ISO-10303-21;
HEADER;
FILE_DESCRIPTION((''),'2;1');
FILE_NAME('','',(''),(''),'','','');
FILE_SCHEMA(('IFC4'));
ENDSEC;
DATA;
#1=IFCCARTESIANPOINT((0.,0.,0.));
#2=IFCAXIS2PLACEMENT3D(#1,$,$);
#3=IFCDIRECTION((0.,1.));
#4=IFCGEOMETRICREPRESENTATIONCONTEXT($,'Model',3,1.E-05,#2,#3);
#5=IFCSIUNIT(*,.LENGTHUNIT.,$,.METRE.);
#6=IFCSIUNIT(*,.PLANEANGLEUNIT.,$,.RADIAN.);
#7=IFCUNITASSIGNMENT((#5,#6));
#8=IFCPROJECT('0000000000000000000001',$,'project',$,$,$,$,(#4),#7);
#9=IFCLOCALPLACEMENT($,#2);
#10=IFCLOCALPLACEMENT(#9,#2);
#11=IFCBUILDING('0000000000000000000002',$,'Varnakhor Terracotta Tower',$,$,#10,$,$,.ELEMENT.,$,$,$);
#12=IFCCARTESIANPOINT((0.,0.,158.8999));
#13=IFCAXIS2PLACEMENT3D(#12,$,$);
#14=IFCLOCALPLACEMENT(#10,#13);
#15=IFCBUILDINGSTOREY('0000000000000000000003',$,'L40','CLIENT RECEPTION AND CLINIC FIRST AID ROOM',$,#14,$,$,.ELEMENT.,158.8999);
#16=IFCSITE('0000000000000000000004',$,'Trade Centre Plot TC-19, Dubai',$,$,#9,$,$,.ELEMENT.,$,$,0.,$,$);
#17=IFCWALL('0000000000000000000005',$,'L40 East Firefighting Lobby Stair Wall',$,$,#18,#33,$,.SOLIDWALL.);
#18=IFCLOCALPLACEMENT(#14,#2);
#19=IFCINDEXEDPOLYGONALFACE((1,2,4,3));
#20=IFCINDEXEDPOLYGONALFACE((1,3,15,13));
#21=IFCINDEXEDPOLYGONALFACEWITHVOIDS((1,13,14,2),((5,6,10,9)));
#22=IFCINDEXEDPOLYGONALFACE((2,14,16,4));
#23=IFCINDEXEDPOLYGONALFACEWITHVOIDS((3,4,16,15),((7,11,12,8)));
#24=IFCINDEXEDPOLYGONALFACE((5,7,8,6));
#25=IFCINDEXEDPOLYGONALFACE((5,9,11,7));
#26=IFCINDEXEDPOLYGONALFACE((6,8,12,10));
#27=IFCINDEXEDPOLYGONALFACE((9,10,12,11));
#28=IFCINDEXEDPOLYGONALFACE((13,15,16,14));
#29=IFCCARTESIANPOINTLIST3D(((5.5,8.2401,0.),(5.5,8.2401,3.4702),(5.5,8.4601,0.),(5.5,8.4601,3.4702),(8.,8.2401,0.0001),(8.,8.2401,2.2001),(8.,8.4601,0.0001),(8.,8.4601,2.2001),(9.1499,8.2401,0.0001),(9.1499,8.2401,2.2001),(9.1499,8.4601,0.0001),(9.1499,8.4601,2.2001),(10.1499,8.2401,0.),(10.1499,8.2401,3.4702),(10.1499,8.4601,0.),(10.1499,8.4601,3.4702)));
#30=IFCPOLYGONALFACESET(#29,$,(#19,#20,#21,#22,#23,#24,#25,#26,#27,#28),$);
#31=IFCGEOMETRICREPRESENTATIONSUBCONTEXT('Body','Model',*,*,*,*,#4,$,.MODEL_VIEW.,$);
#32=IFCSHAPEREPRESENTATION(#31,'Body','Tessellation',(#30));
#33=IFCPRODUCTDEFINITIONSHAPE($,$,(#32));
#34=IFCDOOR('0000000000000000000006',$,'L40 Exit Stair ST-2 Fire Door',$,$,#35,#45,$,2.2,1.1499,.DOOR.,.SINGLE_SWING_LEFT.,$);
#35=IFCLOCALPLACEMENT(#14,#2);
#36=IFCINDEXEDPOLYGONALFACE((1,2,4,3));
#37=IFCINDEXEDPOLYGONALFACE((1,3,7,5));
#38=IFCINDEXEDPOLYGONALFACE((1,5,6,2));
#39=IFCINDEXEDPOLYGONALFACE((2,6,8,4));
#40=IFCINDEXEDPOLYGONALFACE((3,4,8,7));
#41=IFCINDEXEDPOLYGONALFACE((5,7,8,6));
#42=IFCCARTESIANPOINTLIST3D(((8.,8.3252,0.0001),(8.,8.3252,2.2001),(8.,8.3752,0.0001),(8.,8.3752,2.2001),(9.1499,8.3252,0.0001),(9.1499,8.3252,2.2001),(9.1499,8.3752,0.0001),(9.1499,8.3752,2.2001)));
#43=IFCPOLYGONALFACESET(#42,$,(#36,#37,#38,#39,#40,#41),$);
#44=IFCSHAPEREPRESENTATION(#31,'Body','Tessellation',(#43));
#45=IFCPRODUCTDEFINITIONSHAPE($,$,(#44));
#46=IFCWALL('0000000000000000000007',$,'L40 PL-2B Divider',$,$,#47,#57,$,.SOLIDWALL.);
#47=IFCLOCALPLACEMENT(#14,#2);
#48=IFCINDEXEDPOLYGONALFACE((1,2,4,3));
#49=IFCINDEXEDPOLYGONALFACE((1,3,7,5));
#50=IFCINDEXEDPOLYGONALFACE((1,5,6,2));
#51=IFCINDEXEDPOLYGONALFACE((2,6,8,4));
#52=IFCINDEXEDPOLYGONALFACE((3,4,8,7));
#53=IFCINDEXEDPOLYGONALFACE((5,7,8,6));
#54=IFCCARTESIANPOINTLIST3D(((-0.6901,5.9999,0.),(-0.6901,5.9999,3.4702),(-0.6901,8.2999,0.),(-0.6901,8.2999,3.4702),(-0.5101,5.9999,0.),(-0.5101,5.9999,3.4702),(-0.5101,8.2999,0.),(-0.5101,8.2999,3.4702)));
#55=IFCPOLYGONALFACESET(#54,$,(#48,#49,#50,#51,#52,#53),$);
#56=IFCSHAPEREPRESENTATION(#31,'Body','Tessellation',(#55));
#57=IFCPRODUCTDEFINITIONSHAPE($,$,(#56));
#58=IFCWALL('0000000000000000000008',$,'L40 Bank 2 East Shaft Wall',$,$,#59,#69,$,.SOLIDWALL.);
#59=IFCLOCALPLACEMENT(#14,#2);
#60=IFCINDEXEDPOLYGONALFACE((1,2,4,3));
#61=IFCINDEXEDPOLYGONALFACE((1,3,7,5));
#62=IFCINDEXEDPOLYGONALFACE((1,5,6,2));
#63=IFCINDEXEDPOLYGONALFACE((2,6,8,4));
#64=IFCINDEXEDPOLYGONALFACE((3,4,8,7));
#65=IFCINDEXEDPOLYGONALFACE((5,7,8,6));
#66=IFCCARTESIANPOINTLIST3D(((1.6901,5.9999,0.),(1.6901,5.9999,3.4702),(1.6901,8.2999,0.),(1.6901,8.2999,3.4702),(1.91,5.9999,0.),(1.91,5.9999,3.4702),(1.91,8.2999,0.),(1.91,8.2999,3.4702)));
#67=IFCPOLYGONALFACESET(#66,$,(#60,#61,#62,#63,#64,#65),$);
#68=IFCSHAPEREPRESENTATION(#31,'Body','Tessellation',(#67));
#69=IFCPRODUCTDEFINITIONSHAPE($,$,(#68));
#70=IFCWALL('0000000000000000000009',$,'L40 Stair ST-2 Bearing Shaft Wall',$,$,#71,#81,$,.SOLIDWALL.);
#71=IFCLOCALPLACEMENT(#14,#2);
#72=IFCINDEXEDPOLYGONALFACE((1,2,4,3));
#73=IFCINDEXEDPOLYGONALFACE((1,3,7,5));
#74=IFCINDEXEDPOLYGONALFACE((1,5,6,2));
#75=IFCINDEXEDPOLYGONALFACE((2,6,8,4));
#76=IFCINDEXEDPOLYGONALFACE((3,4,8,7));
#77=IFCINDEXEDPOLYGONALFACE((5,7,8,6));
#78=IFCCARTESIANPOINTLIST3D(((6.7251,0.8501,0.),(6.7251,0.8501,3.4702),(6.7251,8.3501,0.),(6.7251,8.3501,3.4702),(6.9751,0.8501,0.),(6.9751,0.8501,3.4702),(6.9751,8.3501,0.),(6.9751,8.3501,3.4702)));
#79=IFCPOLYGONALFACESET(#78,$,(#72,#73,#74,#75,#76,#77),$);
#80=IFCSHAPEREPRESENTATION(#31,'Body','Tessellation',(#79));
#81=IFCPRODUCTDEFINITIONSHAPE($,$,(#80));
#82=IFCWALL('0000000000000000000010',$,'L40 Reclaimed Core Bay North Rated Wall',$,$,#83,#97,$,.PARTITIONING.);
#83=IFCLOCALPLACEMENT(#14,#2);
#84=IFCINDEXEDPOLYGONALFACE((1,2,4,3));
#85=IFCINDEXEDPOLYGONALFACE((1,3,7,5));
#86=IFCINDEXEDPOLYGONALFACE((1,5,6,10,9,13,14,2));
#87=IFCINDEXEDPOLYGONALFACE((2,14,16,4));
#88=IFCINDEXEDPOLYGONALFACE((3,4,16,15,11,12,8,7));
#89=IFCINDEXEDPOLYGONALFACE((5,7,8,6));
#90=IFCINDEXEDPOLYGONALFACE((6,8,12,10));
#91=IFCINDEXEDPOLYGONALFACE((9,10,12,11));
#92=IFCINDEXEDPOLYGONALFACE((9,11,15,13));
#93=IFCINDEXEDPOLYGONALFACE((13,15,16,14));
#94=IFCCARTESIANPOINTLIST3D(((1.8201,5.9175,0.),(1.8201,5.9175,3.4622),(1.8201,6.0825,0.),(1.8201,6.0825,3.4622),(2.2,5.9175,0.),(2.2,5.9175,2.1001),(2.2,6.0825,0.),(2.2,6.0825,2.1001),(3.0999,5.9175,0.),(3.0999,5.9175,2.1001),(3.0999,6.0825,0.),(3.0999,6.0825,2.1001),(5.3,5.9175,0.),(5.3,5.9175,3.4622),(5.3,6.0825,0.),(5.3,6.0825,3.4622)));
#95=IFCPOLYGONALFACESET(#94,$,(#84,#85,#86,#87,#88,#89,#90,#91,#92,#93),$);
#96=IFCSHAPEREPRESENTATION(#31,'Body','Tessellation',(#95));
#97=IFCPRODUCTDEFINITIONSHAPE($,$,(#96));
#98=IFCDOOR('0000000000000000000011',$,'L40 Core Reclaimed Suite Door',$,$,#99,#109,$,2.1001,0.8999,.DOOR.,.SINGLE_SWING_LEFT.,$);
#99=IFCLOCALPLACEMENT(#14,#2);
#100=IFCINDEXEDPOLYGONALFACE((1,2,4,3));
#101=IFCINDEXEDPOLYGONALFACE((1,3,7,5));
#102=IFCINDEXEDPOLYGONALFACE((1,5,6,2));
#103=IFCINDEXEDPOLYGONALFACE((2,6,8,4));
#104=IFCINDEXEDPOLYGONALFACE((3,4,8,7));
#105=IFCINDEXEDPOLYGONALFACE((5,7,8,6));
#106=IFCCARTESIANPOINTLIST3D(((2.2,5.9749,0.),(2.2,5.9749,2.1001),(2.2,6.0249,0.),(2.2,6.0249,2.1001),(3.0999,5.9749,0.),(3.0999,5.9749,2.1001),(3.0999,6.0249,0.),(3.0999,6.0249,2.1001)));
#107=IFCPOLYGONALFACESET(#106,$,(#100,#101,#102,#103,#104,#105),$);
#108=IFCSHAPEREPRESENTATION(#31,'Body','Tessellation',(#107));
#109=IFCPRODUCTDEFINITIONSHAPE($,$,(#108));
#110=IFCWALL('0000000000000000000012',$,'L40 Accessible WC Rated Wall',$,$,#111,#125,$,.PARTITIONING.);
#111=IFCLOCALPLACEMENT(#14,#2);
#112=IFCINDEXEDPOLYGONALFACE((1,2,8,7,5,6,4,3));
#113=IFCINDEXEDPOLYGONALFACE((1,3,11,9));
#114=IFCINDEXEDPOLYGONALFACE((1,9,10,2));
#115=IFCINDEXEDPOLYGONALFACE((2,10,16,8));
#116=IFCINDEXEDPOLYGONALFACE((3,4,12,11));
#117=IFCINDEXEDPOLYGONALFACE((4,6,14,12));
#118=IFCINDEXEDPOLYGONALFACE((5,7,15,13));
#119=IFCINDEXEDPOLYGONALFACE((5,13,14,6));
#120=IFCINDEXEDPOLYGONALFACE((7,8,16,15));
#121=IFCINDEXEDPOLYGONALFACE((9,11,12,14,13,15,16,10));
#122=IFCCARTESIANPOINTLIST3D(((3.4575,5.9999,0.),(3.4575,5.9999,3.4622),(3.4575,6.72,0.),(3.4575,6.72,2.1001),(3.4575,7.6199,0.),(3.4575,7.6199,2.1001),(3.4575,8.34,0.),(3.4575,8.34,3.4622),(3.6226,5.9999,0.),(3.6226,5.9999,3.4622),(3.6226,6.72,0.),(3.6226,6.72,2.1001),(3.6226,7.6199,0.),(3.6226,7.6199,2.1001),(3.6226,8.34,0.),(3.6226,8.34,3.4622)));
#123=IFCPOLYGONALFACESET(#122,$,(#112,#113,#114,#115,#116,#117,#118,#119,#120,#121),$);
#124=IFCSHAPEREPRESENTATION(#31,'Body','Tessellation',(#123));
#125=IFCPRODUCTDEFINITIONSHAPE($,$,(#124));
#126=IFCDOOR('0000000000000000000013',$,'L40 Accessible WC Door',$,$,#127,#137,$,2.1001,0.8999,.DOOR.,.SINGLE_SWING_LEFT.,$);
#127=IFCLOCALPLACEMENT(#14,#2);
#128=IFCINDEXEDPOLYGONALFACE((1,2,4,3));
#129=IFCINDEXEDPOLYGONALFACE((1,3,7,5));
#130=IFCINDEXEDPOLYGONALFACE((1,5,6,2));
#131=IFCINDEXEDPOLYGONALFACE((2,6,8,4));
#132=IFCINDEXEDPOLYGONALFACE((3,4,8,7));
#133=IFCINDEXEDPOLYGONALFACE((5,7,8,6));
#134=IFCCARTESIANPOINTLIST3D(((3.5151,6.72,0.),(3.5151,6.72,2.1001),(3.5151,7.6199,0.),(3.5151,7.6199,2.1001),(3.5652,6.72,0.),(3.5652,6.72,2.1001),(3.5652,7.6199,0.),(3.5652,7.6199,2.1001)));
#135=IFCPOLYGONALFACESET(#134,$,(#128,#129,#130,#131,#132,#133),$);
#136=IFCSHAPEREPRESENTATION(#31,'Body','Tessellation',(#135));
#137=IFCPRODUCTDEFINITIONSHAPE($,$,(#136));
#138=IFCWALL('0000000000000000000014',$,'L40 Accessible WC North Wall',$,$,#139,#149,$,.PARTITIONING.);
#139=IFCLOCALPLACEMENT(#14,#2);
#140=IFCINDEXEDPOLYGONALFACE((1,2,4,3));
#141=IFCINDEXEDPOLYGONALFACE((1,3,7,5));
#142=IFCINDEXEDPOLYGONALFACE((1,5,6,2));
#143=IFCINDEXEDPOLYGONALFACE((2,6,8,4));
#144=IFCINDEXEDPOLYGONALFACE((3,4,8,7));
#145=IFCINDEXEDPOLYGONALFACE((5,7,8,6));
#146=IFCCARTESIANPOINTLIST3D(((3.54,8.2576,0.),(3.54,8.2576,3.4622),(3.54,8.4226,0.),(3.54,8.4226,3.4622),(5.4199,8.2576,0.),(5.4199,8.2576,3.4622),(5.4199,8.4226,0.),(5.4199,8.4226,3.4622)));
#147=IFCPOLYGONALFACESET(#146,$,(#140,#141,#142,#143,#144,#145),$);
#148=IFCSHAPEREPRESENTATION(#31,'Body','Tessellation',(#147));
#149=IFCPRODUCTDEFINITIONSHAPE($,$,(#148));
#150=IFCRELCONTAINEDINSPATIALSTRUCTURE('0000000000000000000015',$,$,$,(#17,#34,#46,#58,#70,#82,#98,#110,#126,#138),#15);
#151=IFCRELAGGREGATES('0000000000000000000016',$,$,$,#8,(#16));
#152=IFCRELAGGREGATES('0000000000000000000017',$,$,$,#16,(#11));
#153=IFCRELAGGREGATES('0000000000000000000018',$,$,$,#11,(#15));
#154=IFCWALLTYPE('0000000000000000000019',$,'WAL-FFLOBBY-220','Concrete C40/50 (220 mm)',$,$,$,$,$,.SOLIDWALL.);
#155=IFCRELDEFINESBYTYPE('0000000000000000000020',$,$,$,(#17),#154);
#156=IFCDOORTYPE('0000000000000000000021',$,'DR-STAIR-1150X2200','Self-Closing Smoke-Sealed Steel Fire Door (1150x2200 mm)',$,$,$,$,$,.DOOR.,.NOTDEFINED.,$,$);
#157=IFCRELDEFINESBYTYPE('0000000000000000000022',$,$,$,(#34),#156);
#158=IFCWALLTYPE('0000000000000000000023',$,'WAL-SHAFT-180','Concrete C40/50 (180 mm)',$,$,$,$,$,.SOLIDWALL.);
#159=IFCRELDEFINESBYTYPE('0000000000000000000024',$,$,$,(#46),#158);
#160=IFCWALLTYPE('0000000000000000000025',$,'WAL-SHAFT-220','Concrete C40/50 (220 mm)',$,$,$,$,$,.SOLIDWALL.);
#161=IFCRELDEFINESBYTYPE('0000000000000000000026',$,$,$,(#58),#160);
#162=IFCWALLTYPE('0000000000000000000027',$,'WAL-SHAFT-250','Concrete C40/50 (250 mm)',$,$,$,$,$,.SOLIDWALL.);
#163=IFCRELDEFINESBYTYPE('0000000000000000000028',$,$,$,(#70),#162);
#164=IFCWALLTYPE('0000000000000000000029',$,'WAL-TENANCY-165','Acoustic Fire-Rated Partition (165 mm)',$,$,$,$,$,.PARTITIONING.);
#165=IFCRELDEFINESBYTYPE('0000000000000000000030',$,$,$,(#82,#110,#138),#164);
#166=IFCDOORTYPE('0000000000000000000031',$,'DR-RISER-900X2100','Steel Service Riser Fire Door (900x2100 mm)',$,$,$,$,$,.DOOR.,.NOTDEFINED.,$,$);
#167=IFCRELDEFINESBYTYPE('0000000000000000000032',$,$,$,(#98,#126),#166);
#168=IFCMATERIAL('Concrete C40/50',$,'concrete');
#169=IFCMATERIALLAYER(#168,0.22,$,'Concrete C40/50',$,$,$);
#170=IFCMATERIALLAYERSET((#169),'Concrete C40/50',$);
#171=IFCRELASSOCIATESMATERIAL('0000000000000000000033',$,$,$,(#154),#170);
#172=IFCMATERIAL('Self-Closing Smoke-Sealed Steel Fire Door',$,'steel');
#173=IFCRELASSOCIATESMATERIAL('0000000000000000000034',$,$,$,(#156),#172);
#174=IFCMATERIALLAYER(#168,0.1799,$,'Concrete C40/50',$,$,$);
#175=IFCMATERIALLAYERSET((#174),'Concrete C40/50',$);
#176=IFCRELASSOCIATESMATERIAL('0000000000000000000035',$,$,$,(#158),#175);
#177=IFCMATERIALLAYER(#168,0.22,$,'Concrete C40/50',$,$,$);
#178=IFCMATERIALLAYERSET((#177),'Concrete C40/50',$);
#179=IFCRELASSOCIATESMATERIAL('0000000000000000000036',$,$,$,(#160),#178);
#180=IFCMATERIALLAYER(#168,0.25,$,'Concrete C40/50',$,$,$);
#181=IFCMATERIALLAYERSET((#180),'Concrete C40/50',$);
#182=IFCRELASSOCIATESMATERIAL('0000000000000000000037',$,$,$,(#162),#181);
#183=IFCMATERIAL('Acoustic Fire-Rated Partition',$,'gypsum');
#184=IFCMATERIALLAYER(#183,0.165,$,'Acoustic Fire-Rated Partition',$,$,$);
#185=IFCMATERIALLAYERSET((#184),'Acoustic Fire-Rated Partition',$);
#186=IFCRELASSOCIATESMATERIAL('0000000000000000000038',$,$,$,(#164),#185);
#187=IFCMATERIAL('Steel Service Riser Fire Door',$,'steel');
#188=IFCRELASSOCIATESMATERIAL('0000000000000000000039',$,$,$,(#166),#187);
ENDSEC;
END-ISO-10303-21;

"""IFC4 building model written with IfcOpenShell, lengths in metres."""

from ifc_helpers import new_model, si_unit, direction, frame, frame_2d, origin, place, context, subcontext, project, spatial, rectangle, extrude, source, transform, mapped, material, layer, layer_set, type_object, type_shapes, element, fill, save


model = new_model("IFC4")

# Units and contexts
model_context = context("Model", 3, precision=1e-05, world=origin(), true_north=direction((0.0, 1.0)))
body_context = subcontext(model_context, "Body", "Model", "MODEL_VIEW")
ifc_project = project(units=[si_unit("LENGTHUNIT", "METRE"), si_unit("PLANEANGLEUNIT", "RADIAN")], contexts=[model_context])

# Site, building, storey
site_placement = place(None, origin())
site = spatial("IfcSite", under=ifc_project, at=site_placement, Name="Trade Centre Plot TC-19, Dubai", CompositionType="ELEMENT", RefElevation=0.0)
building_placement = place(site_placement, origin())
building = spatial("IfcBuilding", under=site, at=building_placement, Name="Varnakhor Terracotta Tower", CompositionType="ELEMENT")
storey_placement = place(building_placement, frame((0.0, 0.0, 158.8999)))
storey = spatial("IfcBuildingStorey", under=building, at=storey_placement, Name="L40", Description="CLIENT RECEPTION AND CLINIC FIRST AID ROOM", CompositionType="ELEMENT", Elevation=158.8999)

# Shared definitions
ifc_material_1 = material(Name="Concrete C40/50", Category="concrete")

# Wall, opening, door
ifc_layer_1 = layer(ifc_material_1, 0.22, Name="Concrete C40/50")
ifc_layer_set_1 = layer_set([ifc_layer_1], Name="Concrete C40/50")
wall_type_1 = type_object("IfcWallType", Name="WAL-FFLOBBY-220", Description="Concrete C40/50 (220 mm)", PredefinedType="SOLIDWALL", material=ifc_layer_set_1)
wall_1_placement = place(storey_placement, frame((10.1499, 8.3501, 0.0), z_axis=(0.0, 0.0, 1.0), x_axis=(-1.0, 0.0, 0.0)))
wall_1 = element("IfcWall", 1, at=wall_1_placement, inside=storey, type_object=wall_type_1, Name="L40 East Firefighting Lobby Stair Wall", PredefinedType="SOLIDWALL", context=body_context, shape_type="SweptSolid", body=[
    extrude(rectangle(XDim=4.6499, YDim=0.22, at=frame_2d((2.325, 0.0))), origin(), (0.0, 0.0, 1.0), 3.4702),
])
opening_1_placement = place(wall_1_placement, frame((1.0, 0.0, 0.0)))
opening_1 = element("IfcOpeningElement", 2, at=opening_1_placement, cuts=wall_1, PredefinedType="OPENING", context=body_context, shape_type="SweptSolid", body=[
    extrude(rectangle(XDim=1.1499, YDim=2.2, at=frame_2d((0.575, 1.1001))), frame((0.0, 0.1201, 0.0), z_axis=(0.0, -1.0, 0.0), x_axis=(1.0, 0.0, 0.0)), (0.0, 0.0, 1.0), 0.24),
])
ifc_material_2 = material(Name="Self-Closing Smoke-Sealed Steel Fire Door", Category="steel")
door_type_1 = type_object("IfcDoorType", Name="DR-STAIR-1150X2200", Description="Self-Closing Smoke-Sealed Steel Fire Door (1150x2200 mm)", OperationType="NOTDEFINED", PredefinedType="DOOR", material=ifc_material_2)
shared_shape_1 = source(origin(), body_context, "Body", "SweptSolid", [
    extrude(rectangle(XDim=1.1499, YDim=2.2, at=frame_2d((0.575, 1.1001))), frame((0.0, 0.0249, 0.0), z_axis=(0.0, -1.0, 0.0), x_axis=(1.0, 0.0, 0.0)), (0.0, 0.0, 1.0), 0.05),
])
type_shapes(door_type_1, [shared_shape_1])
door_1_placement = place(opening_1_placement, origin())
door_1 = element("IfcDoor", 3, at=door_1_placement, inside=storey, type_object=door_type_1, Name="L40 Exit Stair ST-2 Fire Door", OperationType="SINGLE_SWING_LEFT", OverallHeight=2.2, OverallWidth=1.1499, PredefinedType="DOOR", context=body_context, shape_type="MappedRepresentation", body=[
    mapped(shared_shape_1, transform((0.0, 0.0, 0.0), scale=1.0)),
])
fill(opening_1, door_1)

# Walls
ifc_layer_2 = layer(ifc_material_1, 0.1799, Name="Concrete C40/50")
ifc_layer_set_2 = layer_set([ifc_layer_2], Name="Concrete C40/50")
wall_type_2 = type_object("IfcWallType", Name="WAL-SHAFT-180", Description="Concrete C40/50 (180 mm)", PredefinedType="SOLIDWALL", material=ifc_layer_set_2)
wall_2_placement = place(storey_placement, frame((-0.6001, 6.0, 0.0), z_axis=(0.0, 0.0, 1.0), x_axis=(0.0, 1.0, 0.0)))
element("IfcWall", 4, at=wall_2_placement, inside=storey, type_object=wall_type_2, Name="L40 PL-2B Divider", PredefinedType="SOLIDWALL", context=body_context, shape_type="SweptSolid", body=[
    extrude(rectangle(XDim=2.3, YDim=0.1799, at=frame_2d((1.1499, 0.0))), origin(), (0.0, 0.0, 1.0), 3.4702),
])
ifc_layer_3 = layer(ifc_material_1, 0.22, Name="Concrete C40/50")
ifc_layer_set_3 = layer_set([ifc_layer_3], Name="Concrete C40/50")
wall_type_3 = type_object("IfcWallType", Name="WAL-SHAFT-220", Description="Concrete C40/50 (220 mm)", PredefinedType="SOLIDWALL", material=ifc_layer_set_3)
wall_3_placement = place(storey_placement, frame((1.8, 6.0, 0.0), z_axis=(0.0, 0.0, 1.0), x_axis=(0.0, 1.0, 0.0)))
element("IfcWall", 5, at=wall_3_placement, inside=storey, type_object=wall_type_3, Name="L40 Bank 2 East Shaft Wall", PredefinedType="SOLIDWALL", context=body_context, shape_type="SweptSolid", body=[
    extrude(rectangle(XDim=2.3, YDim=0.22, at=frame_2d((1.1499, 0.0))), origin(), (0.0, 0.0, 1.0), 3.4702),
])
ifc_layer_4 = layer(ifc_material_1, 0.25, Name="Concrete C40/50")
ifc_layer_set_4 = layer_set([ifc_layer_4], Name="Concrete C40/50")
wall_type_4 = type_object("IfcWallType", Name="WAL-SHAFT-250", Description="Concrete C40/50 (250 mm)", PredefinedType="SOLIDWALL", material=ifc_layer_set_4)
wall_4_placement = place(storey_placement, frame((6.8501, 0.8501, 0.0), z_axis=(0.0, 0.0, 1.0), x_axis=(0.0, 1.0, 0.0)))
element("IfcWall", 6, at=wall_4_placement, inside=storey, type_object=wall_type_4, Name="L40 Stair ST-2 Bearing Shaft Wall", PredefinedType="SOLIDWALL", context=body_context, shape_type="SweptSolid", body=[
    extrude(rectangle(XDim=7.5, YDim=0.25, at=frame_2d((3.75, 0.0))), origin(), (0.0, 0.0, 1.0), 3.4702),
])

# Walls, openings, doors
ifc_material_3 = material(Name="Acoustic Fire-Rated Partition", Category="gypsum")
ifc_layer_5 = layer(ifc_material_3, 0.165, Name="Acoustic Fire-Rated Partition")
ifc_layer_set_5 = layer_set([ifc_layer_5], Name="Acoustic Fire-Rated Partition")
wall_type_5 = type_object("IfcWallType", Name="WAL-TENANCY-165", Description="Acoustic Fire-Rated Partition (165 mm)", PredefinedType="PARTITIONING", material=ifc_layer_set_5)
wall_5_placement = place(storey_placement, frame((1.8201, 6.0, 0.0), z_axis=(0.0, 0.0, 1.0), x_axis=(1.0, 0.0, 0.0)))
wall_5 = element("IfcWall", 7, at=wall_5_placement, inside=storey, type_object=wall_type_5, Name="L40 Reclaimed Core Bay North Rated Wall", PredefinedType="PARTITIONING", context=body_context, shape_type="SweptSolid", body=[
    extrude(rectangle(XDim=3.48, YDim=0.165, at=frame_2d((1.74, 0.0))), origin(), (0.0, 0.0, 1.0), 3.4622),
])
opening_2_placement = place(wall_5_placement, frame((0.3799, 0.0, 0.0)))
opening_2 = element("IfcOpeningElement", 8, at=opening_2_placement, cuts=wall_5, PredefinedType="OPENING", context=body_context, shape_type="SweptSolid", body=[
    extrude(rectangle(XDim=0.8999, YDim=2.1001, at=frame_2d((0.45, 1.05))), frame((0.0, 0.0925, 0.0), z_axis=(0.0, -1.0, 0.0), x_axis=(1.0, 0.0, 0.0)), (0.0, 0.0, 1.0), 0.1851),
])
ifc_material_4 = material(Name="Steel Service Riser Fire Door", Category="steel")
door_type_2 = type_object("IfcDoorType", Name="DR-RISER-900X2100", Description="Steel Service Riser Fire Door (900x2100 mm)", OperationType="NOTDEFINED", PredefinedType="DOOR", material=ifc_material_4)
shared_shape_2 = source(origin(), body_context, "Body", "SweptSolid", [
    extrude(rectangle(XDim=0.8999, YDim=2.1001, at=frame_2d((0.45, 1.05))), frame((0.0, 0.0249, 0.0), z_axis=(0.0, -1.0, 0.0), x_axis=(1.0, 0.0, 0.0)), (0.0, 0.0, 1.0), 0.05),
])
type_shapes(door_type_2, [shared_shape_2])
door_2_placement = place(opening_2_placement, origin())
door_2 = element("IfcDoor", 9, at=door_2_placement, inside=storey, type_object=door_type_2, Name="L40 Core Reclaimed Suite Door", OperationType="SINGLE_SWING_LEFT", OverallHeight=2.1001, OverallWidth=0.8999, PredefinedType="DOOR", context=body_context, shape_type="MappedRepresentation", body=[
    mapped(shared_shape_2, transform((0.0, 0.0, 0.0), scale=1.0)),
])
fill(opening_2, door_2)
wall_6_placement = place(storey_placement, frame((3.54, 6.0, 0.0), z_axis=(0.0, 0.0, 1.0), x_axis=(0.0, 1.0, 0.0)))
wall_6 = element("IfcWall", 10, at=wall_6_placement, inside=storey, type_object=wall_type_5, Name="L40 Accessible WC Rated Wall", PredefinedType="PARTITIONING", context=body_context, shape_type="SweptSolid", body=[
    extrude(rectangle(XDim=2.3401, YDim=0.165, at=frame_2d((1.1699, 0.0))), origin(), (0.0, 0.0, 1.0), 3.4622),
])
opening_3_placement = place(wall_6_placement, frame((0.72, 0.0, 0.0)))
opening_3 = element("IfcOpeningElement", 11, at=opening_3_placement, cuts=wall_6, PredefinedType="OPENING", context=body_context, shape_type="SweptSolid", body=[
    extrude(rectangle(XDim=0.8999, YDim=2.1001, at=frame_2d((0.45, 1.05))), frame((0.0, 0.0925, 0.0), z_axis=(0.0, -1.0, 0.0), x_axis=(1.0, 0.0, 0.0)), (0.0, 0.0, 1.0), 0.1851),
])
door_3_placement = place(opening_3_placement, origin())
door_3 = element("IfcDoor", 12, at=door_3_placement, inside=storey, type_object=door_type_2, Name="L40 Accessible WC Door", OperationType="SINGLE_SWING_LEFT", OverallHeight=2.1001, OverallWidth=0.8999, PredefinedType="DOOR", context=body_context, shape_type="MappedRepresentation", body=[
    mapped(shared_shape_2, transform((0.0, 0.0, 0.0), scale=1.0)),
])
fill(opening_3, door_3)

# Wall
wall_7_placement = place(storey_placement, frame((3.54, 8.3401, 0.0), z_axis=(0.0, 0.0, 1.0), x_axis=(1.0, 0.0, 0.0)))
element("IfcWall", 13, at=wall_7_placement, inside=storey, type_object=wall_type_5, Name="L40 Accessible WC North Wall", PredefinedType="PARTITIONING", context=body_context, shape_type="SweptSolid", body=[
    extrude(rectangle(XDim=1.8799, YDim=0.165, at=frame_2d((0.9399, 0.0))), origin(), (0.0, 0.0, 1.0), 3.4622),
])

save(model, "model.ifc")
